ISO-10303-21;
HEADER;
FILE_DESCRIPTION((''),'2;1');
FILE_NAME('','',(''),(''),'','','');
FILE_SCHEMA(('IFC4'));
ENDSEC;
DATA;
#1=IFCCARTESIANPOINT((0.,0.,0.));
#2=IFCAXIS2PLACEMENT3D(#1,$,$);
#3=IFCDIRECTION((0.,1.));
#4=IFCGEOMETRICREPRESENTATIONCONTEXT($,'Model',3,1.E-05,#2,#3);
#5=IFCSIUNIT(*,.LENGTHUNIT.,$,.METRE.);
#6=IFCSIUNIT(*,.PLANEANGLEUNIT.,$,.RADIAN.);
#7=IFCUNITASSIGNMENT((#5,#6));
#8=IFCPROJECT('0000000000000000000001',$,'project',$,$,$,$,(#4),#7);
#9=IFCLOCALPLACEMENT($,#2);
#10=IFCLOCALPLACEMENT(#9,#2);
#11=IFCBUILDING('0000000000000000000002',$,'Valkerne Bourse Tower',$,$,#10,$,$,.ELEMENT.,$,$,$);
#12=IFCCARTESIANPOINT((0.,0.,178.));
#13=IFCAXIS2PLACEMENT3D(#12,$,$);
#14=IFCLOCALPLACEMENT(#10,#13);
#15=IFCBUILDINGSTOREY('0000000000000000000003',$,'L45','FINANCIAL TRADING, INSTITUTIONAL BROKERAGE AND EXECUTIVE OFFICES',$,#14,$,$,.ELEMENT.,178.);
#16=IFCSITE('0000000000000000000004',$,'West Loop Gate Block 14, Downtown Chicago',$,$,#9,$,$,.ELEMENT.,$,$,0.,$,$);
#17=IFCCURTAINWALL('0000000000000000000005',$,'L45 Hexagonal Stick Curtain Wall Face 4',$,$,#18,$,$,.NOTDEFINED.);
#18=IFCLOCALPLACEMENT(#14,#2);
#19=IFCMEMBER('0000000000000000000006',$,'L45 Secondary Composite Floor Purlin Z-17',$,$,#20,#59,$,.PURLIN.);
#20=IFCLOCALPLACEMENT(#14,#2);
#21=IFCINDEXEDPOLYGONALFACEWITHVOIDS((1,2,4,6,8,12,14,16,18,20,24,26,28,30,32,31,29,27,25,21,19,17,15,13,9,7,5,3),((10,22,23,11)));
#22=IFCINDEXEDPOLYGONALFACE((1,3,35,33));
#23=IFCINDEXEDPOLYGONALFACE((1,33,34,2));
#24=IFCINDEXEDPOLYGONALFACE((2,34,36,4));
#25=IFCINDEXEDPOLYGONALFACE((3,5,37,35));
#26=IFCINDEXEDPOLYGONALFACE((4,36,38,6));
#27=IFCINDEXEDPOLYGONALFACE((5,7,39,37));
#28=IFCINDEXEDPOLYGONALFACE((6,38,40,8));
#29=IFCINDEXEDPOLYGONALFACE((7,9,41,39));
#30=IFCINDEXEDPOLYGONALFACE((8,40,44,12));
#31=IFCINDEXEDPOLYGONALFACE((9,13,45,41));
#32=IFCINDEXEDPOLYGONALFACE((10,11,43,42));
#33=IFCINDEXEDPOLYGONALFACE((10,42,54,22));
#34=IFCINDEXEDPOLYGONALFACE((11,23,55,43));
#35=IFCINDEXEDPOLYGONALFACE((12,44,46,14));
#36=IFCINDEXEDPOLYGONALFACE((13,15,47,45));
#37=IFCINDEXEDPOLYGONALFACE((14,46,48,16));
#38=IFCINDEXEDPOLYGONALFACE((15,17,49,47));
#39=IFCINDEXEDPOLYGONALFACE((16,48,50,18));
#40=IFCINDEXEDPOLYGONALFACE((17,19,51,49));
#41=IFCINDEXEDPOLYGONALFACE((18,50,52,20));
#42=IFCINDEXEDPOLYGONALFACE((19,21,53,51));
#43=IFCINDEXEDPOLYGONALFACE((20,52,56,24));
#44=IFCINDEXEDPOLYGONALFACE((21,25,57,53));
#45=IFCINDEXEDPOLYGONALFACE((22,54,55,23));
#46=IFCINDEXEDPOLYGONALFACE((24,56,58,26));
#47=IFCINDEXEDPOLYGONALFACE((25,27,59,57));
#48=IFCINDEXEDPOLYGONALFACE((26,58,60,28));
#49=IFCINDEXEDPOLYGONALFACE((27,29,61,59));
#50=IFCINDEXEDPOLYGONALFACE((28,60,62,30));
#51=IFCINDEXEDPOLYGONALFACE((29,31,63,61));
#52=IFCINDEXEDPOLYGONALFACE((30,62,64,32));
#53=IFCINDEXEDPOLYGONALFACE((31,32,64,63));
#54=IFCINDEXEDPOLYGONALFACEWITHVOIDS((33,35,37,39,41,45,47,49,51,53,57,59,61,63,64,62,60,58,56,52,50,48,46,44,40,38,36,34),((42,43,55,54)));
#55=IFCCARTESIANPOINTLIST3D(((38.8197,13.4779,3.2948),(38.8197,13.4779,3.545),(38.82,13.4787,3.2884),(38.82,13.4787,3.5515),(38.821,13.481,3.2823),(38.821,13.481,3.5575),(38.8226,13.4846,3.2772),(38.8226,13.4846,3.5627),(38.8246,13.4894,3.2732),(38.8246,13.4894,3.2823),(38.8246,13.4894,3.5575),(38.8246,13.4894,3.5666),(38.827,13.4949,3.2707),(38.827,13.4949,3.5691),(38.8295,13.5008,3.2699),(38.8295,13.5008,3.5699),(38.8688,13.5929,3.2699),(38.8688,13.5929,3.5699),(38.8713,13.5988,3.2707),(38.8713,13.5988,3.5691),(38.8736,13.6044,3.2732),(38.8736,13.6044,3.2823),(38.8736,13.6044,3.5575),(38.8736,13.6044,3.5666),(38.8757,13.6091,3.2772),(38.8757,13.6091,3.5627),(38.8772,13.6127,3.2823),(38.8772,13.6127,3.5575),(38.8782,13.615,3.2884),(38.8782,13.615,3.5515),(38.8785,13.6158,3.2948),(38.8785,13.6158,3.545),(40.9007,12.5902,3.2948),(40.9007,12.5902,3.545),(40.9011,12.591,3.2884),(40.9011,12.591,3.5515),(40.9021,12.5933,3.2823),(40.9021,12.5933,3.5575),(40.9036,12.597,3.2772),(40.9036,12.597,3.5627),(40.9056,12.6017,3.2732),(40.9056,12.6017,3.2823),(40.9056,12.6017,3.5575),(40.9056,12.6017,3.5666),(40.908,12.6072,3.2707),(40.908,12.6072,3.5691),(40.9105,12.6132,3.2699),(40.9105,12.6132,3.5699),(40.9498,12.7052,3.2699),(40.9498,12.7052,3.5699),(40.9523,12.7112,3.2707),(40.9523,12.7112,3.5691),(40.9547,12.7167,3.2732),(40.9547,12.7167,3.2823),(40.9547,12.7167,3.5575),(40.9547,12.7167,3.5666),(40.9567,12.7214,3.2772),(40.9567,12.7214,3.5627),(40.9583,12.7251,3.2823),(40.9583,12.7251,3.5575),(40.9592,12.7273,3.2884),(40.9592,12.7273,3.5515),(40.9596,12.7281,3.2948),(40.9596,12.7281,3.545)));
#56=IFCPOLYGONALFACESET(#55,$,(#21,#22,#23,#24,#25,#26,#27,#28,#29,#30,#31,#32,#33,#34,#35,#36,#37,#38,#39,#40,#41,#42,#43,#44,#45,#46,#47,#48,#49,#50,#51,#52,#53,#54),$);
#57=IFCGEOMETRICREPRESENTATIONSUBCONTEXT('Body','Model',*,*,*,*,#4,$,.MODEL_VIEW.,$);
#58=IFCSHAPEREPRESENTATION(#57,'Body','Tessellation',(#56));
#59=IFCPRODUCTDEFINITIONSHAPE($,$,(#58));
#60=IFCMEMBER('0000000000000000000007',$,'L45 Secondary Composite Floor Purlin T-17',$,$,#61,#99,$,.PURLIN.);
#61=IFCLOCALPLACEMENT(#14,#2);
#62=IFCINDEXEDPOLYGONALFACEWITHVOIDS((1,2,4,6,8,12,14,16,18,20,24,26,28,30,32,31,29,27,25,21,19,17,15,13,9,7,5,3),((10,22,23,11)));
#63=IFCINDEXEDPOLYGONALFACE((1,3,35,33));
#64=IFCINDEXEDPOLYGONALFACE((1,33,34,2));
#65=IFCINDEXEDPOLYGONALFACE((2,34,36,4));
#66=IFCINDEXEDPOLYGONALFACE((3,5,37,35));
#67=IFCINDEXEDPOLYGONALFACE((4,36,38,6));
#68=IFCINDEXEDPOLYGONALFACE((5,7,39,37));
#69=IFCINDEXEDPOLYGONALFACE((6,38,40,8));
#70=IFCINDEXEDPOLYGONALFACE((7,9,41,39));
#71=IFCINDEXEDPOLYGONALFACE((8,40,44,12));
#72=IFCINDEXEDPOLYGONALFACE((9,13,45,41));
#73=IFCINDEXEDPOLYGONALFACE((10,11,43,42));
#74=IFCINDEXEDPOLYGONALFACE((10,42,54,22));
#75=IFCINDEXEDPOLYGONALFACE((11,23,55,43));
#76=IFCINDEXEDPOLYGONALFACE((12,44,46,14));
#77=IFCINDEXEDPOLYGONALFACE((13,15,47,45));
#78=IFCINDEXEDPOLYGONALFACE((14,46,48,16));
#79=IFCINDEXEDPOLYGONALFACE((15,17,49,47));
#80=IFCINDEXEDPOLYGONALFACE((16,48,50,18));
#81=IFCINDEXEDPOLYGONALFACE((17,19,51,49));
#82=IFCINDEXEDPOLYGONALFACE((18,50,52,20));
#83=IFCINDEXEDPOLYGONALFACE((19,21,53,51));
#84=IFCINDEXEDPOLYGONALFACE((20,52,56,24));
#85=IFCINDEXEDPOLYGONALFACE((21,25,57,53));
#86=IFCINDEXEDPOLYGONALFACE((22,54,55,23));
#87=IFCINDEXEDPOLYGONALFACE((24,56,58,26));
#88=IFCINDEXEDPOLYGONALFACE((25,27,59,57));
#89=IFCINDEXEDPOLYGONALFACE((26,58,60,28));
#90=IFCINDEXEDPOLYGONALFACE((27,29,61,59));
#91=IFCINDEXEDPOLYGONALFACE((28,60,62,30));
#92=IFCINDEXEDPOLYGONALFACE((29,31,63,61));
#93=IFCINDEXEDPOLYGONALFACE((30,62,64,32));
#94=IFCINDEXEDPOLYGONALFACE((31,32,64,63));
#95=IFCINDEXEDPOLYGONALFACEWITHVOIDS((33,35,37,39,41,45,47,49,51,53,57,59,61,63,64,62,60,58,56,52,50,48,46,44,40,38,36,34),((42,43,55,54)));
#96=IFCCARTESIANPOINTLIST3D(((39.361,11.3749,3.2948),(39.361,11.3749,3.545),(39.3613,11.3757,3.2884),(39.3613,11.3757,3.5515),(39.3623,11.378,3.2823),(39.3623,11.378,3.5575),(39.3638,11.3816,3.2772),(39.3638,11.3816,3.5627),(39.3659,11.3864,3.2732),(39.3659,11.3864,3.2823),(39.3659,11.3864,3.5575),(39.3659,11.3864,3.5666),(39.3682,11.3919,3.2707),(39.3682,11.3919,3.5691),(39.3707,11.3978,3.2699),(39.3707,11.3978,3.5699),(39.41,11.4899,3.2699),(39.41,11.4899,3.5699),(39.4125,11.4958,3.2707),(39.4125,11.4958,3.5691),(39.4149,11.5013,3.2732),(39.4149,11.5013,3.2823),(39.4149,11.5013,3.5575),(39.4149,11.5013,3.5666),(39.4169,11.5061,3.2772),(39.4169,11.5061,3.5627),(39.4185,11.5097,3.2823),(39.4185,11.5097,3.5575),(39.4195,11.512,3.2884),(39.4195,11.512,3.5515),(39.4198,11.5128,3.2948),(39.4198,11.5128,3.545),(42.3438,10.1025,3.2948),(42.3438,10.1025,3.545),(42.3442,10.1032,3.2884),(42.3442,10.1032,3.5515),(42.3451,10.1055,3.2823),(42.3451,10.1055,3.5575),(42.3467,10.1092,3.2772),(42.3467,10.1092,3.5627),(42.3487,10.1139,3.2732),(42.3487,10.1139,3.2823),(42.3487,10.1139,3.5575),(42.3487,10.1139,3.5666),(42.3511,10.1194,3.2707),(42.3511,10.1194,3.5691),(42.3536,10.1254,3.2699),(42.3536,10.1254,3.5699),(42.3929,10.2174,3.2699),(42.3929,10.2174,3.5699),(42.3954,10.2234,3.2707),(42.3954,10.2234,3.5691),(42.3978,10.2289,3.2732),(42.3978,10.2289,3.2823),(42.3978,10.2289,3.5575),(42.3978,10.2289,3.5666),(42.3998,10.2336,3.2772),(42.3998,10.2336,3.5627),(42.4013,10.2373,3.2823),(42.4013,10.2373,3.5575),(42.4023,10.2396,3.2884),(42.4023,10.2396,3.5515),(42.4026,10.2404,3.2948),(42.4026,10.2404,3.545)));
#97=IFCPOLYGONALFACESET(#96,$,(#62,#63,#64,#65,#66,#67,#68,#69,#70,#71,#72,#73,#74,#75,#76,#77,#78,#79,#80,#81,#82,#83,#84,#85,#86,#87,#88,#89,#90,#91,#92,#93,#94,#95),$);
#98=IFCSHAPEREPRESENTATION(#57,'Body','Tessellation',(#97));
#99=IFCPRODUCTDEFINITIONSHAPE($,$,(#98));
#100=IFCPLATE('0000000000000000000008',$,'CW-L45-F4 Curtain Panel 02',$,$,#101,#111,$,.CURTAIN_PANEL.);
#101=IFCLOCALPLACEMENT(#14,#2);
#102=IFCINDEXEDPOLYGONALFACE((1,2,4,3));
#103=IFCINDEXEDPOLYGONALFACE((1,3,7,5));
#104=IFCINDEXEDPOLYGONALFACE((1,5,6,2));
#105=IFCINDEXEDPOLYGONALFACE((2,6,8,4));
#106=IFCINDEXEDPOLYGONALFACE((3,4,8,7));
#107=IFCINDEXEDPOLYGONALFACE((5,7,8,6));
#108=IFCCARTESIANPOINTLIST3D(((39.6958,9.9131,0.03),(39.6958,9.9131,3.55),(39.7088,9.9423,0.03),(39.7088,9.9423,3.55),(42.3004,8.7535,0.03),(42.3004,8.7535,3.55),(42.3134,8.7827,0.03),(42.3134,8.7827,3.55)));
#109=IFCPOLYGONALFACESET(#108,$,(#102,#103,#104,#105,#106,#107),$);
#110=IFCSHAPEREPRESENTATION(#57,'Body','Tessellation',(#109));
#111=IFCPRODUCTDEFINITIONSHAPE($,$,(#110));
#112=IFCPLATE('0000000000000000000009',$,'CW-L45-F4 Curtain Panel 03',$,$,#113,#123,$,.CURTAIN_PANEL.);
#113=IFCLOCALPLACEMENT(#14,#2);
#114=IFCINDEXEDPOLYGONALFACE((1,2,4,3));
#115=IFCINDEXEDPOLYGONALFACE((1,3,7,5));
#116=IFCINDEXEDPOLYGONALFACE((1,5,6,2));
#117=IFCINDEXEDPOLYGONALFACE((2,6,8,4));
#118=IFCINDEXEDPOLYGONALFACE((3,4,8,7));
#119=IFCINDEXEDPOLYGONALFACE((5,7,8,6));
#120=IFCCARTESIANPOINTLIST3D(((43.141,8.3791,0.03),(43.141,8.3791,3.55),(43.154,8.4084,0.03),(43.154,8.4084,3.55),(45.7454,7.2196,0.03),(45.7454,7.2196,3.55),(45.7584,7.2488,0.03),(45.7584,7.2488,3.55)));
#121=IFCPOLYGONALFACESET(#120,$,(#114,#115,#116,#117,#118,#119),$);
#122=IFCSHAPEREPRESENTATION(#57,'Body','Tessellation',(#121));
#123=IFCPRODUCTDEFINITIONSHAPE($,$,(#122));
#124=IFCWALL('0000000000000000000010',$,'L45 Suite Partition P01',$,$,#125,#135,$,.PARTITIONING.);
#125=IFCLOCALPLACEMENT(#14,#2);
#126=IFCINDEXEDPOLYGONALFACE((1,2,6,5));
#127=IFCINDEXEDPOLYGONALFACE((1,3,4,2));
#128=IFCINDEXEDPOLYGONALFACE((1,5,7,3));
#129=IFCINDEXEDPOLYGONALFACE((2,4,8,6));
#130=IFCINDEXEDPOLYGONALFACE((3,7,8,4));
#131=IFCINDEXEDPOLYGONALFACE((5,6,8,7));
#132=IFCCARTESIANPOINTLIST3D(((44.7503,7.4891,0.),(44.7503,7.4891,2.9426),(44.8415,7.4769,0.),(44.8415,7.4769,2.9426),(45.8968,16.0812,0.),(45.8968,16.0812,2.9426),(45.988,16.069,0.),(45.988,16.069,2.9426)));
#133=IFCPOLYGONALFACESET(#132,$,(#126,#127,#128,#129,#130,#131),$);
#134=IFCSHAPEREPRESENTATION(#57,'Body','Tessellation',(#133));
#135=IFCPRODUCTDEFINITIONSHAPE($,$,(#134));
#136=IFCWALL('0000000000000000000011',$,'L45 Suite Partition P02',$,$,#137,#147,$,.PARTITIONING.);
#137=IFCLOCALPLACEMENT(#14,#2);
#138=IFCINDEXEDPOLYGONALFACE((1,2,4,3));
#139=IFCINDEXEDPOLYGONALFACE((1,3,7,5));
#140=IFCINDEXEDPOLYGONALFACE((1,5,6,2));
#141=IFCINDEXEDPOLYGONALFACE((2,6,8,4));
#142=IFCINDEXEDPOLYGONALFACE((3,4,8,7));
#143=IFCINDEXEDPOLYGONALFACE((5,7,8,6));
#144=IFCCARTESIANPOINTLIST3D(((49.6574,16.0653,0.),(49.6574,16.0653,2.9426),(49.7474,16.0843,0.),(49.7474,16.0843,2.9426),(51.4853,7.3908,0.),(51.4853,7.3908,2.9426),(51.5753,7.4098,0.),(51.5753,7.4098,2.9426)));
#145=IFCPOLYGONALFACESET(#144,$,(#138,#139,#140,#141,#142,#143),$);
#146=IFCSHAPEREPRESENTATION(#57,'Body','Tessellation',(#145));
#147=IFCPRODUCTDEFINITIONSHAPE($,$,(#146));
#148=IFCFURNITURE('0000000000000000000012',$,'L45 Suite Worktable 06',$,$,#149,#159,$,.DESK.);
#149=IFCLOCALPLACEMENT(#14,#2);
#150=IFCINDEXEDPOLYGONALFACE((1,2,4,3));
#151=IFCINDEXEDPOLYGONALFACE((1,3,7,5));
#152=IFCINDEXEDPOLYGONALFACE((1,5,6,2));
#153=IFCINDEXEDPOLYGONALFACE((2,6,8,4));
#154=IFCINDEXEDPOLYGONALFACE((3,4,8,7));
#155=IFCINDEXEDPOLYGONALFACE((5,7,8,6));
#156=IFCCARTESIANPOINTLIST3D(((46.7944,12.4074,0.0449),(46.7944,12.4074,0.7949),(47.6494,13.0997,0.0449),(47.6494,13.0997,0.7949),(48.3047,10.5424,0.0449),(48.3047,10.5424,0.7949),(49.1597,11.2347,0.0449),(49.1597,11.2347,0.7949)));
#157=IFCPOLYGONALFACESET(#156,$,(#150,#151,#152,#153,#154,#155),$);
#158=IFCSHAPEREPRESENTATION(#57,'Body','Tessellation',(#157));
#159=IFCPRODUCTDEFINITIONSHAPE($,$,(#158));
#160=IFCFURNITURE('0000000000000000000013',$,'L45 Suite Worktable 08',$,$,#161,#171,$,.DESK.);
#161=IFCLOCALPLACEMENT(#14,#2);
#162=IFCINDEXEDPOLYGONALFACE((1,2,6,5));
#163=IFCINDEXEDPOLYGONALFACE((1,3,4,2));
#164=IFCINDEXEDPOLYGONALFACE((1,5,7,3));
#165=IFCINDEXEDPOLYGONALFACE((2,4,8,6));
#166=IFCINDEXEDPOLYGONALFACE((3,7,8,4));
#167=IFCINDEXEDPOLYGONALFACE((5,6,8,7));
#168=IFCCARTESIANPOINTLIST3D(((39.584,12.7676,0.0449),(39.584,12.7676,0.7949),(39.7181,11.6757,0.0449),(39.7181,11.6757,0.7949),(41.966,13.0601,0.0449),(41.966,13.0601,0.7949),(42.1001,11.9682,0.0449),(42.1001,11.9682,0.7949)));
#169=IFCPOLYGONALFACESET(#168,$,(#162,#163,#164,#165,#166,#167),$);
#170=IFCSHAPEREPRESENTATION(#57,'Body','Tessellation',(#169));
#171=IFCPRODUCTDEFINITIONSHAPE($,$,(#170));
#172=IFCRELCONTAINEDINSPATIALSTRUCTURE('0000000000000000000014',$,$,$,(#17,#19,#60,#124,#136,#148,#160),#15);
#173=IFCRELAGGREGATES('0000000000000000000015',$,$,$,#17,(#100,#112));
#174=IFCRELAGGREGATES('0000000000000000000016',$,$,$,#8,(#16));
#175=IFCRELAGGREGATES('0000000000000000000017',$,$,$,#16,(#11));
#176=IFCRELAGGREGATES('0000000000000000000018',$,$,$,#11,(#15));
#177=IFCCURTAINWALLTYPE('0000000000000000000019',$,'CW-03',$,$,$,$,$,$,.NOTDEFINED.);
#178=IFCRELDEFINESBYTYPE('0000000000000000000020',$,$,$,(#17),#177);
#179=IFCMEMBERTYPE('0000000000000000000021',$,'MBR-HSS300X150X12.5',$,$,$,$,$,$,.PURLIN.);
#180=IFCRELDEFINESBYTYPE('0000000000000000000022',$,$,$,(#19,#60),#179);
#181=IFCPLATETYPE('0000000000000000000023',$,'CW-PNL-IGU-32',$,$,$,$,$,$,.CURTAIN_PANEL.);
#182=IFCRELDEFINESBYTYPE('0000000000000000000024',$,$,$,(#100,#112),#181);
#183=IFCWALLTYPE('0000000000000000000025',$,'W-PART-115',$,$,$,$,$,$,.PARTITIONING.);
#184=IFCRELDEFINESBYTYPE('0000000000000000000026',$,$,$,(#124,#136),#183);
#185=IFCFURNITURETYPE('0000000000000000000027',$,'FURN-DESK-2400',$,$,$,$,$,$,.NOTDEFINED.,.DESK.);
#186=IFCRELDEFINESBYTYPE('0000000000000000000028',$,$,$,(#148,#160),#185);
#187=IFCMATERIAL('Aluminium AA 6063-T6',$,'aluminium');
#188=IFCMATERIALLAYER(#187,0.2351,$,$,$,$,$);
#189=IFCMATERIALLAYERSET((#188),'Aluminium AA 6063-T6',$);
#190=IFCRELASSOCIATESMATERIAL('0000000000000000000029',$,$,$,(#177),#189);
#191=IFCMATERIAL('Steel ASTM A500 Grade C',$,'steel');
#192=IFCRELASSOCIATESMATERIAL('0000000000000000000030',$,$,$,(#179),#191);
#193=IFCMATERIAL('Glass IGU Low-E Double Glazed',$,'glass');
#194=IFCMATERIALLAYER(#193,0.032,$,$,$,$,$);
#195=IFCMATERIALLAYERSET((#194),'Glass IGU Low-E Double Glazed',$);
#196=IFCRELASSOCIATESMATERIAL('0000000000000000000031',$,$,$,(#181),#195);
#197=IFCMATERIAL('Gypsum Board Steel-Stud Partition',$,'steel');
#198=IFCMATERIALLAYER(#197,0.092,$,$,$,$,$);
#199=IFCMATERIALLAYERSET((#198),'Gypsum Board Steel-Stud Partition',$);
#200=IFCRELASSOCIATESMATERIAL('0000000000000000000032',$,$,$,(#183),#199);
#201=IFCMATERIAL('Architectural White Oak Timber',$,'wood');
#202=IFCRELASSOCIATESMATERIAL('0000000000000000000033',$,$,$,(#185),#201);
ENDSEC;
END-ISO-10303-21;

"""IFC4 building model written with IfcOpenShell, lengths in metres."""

from ifc_helpers import new_model, si_unit, direction, frame, frame_2d, origin, origin_2d, place, context, subcontext, project, spatial, rectangle, hollow_rectangle, extrude, material, layer, layer_set, material_profile, profile_set, type_object, element, aggregate, save


model = new_model("IFC4")

# Units and contexts
model_context = context("Model", 3, precision=1e-05, world=origin(), true_north=direction((0.0, 1.0)))
body_context = subcontext(model_context, "Body", "Model", "MODEL_VIEW")
ifc_project = project(units=[si_unit("LENGTHUNIT", "METRE"), si_unit("PLANEANGLEUNIT", "RADIAN")], contexts=[model_context])

# Site, building, storey
site_placement = place(None, origin())
site = spatial("IfcSite", under=ifc_project, at=site_placement, Name="West Loop Gate Block 14, Downtown Chicago", CompositionType="ELEMENT", RefElevation=0.0)
building_placement = place(site_placement, origin())
building = spatial("IfcBuilding", under=site, at=building_placement, Name="Valkerne Bourse Tower", CompositionType="ELEMENT")
storey_placement = place(building_placement, frame((0.0, 0.0, 178.0)))
storey = spatial("IfcBuildingStorey", under=building, at=storey_placement, Name="L45", Description="FINANCIAL TRADING, INSTITUTIONAL BROKERAGE AND EXECUTIVE OFFICES", CompositionType="ELEMENT", Elevation=178.0)

# Curtain wall
ifc_material_1 = material(Name="Aluminium AA 6063-T6", Category="aluminium")
ifc_layer_1 = layer(ifc_material_1, 0.2351)
ifc_layer_set_1 = layer_set([ifc_layer_1], Name="Aluminium AA 6063-T6")
curtain_wall_type = type_object("IfcCurtainWallType", Name="CW-03", PredefinedType="NOTDEFINED", material=ifc_layer_set_1)
curtain_wall_1_placement = place(storey_placement, origin())
curtain_wall_1 = element("IfcCurtainWall", 1, at=curtain_wall_1_placement, inside=storey, type_object=curtain_wall_type, Name="L45 Hexagonal Stick Curtain Wall Face 4", PredefinedType="NOTDEFINED")

# Members
ifc_material_2 = material(Name="Steel ASTM A500 Grade C", Category="steel")
ifc_material_profile_1 = material_profile(ifc_material_2, hollow_rectangle(XDim=0.1499, YDim=0.3, WallThickness=0.0125, OuterFilletRadius=0.0249, at=origin_2d()), Name="HSS300X150X12.5")
ifc_profile_set_1 = profile_set([ifc_material_profile_1], Name="Steel ASTM A500 Grade C")
member_type_1 = type_object("IfcMemberType", Name="MBR-HSS300X150X12.5", PredefinedType="PURLIN", material=ifc_profile_set_1)
member_1_placement = place(storey_placement, frame((38.8491, 13.5469, 3.4199), z_axis=(0.919813, -0.392356, 0.0), x_axis=(0.392356, 0.919813, 0.0)))
element("IfcMember", 2, at=member_1_placement, inside=storey, type_object=member_type_1, Name="L45 Secondary Composite Floor Purlin Z-17", PredefinedType="PURLIN", context=body_context, shape_type="SweptSolid", body=[
    extrude(hollow_rectangle(XDim=0.1499, YDim=0.3, WallThickness=0.0125, OuterFilletRadius=0.0249, at=origin_2d()), origin(), (0.0, 0.0, 1.0), 2.2625),
])
member_2_placement = place(storey_placement, frame((39.3904, 11.4438, 3.4199), z_axis=(0.919806, -0.392374, 0.0), x_axis=(0.392374, 0.919806, 0.0)))
element("IfcMember", 3, at=member_2_placement, inside=storey, type_object=member_type_1, Name="L45 Secondary Composite Floor Purlin T-17", PredefinedType="PURLIN", context=body_context, shape_type="SweptSolid", body=[
    extrude(hollow_rectangle(XDim=0.1499, YDim=0.3, WallThickness=0.0125, OuterFilletRadius=0.0249, at=origin_2d()), origin(), (0.0, 0.0, 1.0), 3.2429),
])

# Plates
ifc_material_3 = material(Name="Glass IGU Low-E Double Glazed", Category="glass")
ifc_layer_2 = layer(ifc_material_3, 0.032)
ifc_layer_set_2 = layer_set([ifc_layer_2], Name="Glass IGU Low-E Double Glazed")
plate_type = type_object("IfcPlateType", Name="CW-PNL-IGU-32", PredefinedType="CURTAIN_PANEL", material=ifc_layer_set_2)
plate_1_placement = place(storey_placement, frame((41.0046, 9.3479, 0.03), z_axis=(0.0, 0.0, 1.0), x_axis=(0.913547, -0.406734, 0.0)))
plate_1 = element("IfcPlate", 4, at=plate_1_placement, type_object=plate_type, Name="CW-L45-F4 Curtain Panel 02", PredefinedType="CURTAIN_PANEL", context=body_context, shape_type="SweptSolid", body=[
    extrude(rectangle(XDim=2.8511, YDim=0.032, at=origin_2d()), origin(), (0.0, 0.0, 1.0), 3.52),
])
plate_2_placement = place(storey_placement, frame((44.4497, 7.814, 0.03), z_axis=(0.0, 0.0, 1.0), x_axis=(0.913542, -0.406744, 0.0)))
plate_2 = element("IfcPlate", 5, at=plate_2_placement, type_object=plate_type, Name="CW-L45-F4 Curtain Panel 03", PredefinedType="CURTAIN_PANEL", context=body_context, shape_type="SweptSolid", body=[
    extrude(rectangle(XDim=2.8508, YDim=0.032, at=origin_2d()), origin(), (0.0, 0.0, 1.0), 3.52),
])
aggregate(curtain_wall_1, [plate_1, plate_2])

# Walls
ifc_material_4 = material(Name="Gypsum Board Steel-Stud Partition", Category="steel")
ifc_layer_3 = layer(ifc_material_4, 0.092)
ifc_layer_set_3 = layer_set([ifc_layer_3], Name="Gypsum Board Steel-Stud Partition")
wall_type = type_object("IfcWallType", Name="W-PART-115", PredefinedType="PARTITIONING", material=ifc_layer_set_3)
wall_1_placement = place(storey_placement, frame((45.9424, 16.075, 0.0), z_axis=(0.0, 0.0, 1.0), x_axis=(-0.132263, -0.991215, 0.0)))
element("IfcWall", 6, at=wall_1_placement, inside=storey, type_object=wall_type, Name="L45 Suite Partition P01", PredefinedType="PARTITIONING", context=body_context, shape_type="SweptSolid", body=[
    extrude(rectangle(XDim=8.6682, YDim=0.092, at=frame_2d((4.334, 0.0))), origin(), (0.0, 0.0, 1.0), 2.9426),
])
wall_2_placement = place(storey_placement, frame((49.7024, 16.075, 0.0), z_axis=(0.0, 0.0, 1.0), x_axis=(0.20619, -0.978512, 0.0)))
element("IfcWall", 7, at=wall_2_placement, inside=storey, type_object=wall_type, Name="L45 Suite Partition P02", PredefinedType="PARTITIONING", context=body_context, shape_type="SweptSolid", body=[
    extrude(rectangle(XDim=8.865, YDim=0.092, at=frame_2d((4.4326, 0.0))), origin(), (0.0, 0.0, 1.0), 2.9426),
])

# Furniture
ifc_material_5 = material(Name="Architectural White Oak Timber", Category="wood")
furniture_type = type_object("IfcFurnitureType", Name="FURN-DESK-2400", AssemblyPlace="NOTDEFINED", PredefinedType="DESK", material=ifc_material_5)
for number, where, z_axis, x_axis, name in (
    (8, (47.9771, 11.821, 0.0449), (0.0, 0.0, 1.0), (-0.62932, 0.777146, 0.0), "L45 Suite Worktable 06"),
    (9, (40.842, 12.3679, 0.0449), (0.0, 0.0, 1.0), (0.992546, 0.121869, 0.0), "L45 Suite Worktable 08"),
):
    element("IfcFurniture", number, at=place(storey_placement, frame(where, z_axis=z_axis, x_axis=x_axis)), inside=storey, type_object=furniture_type, Name=name, PredefinedType="DESK", context=body_context, shape_type="SweptSolid", body=[
        extrude(rectangle(XDim=2.3999, YDim=1.1001, at=origin_2d()), origin(), (0.0, 0.0, 1.0), 0.75),
    ])

save(model, "model.ifc")
